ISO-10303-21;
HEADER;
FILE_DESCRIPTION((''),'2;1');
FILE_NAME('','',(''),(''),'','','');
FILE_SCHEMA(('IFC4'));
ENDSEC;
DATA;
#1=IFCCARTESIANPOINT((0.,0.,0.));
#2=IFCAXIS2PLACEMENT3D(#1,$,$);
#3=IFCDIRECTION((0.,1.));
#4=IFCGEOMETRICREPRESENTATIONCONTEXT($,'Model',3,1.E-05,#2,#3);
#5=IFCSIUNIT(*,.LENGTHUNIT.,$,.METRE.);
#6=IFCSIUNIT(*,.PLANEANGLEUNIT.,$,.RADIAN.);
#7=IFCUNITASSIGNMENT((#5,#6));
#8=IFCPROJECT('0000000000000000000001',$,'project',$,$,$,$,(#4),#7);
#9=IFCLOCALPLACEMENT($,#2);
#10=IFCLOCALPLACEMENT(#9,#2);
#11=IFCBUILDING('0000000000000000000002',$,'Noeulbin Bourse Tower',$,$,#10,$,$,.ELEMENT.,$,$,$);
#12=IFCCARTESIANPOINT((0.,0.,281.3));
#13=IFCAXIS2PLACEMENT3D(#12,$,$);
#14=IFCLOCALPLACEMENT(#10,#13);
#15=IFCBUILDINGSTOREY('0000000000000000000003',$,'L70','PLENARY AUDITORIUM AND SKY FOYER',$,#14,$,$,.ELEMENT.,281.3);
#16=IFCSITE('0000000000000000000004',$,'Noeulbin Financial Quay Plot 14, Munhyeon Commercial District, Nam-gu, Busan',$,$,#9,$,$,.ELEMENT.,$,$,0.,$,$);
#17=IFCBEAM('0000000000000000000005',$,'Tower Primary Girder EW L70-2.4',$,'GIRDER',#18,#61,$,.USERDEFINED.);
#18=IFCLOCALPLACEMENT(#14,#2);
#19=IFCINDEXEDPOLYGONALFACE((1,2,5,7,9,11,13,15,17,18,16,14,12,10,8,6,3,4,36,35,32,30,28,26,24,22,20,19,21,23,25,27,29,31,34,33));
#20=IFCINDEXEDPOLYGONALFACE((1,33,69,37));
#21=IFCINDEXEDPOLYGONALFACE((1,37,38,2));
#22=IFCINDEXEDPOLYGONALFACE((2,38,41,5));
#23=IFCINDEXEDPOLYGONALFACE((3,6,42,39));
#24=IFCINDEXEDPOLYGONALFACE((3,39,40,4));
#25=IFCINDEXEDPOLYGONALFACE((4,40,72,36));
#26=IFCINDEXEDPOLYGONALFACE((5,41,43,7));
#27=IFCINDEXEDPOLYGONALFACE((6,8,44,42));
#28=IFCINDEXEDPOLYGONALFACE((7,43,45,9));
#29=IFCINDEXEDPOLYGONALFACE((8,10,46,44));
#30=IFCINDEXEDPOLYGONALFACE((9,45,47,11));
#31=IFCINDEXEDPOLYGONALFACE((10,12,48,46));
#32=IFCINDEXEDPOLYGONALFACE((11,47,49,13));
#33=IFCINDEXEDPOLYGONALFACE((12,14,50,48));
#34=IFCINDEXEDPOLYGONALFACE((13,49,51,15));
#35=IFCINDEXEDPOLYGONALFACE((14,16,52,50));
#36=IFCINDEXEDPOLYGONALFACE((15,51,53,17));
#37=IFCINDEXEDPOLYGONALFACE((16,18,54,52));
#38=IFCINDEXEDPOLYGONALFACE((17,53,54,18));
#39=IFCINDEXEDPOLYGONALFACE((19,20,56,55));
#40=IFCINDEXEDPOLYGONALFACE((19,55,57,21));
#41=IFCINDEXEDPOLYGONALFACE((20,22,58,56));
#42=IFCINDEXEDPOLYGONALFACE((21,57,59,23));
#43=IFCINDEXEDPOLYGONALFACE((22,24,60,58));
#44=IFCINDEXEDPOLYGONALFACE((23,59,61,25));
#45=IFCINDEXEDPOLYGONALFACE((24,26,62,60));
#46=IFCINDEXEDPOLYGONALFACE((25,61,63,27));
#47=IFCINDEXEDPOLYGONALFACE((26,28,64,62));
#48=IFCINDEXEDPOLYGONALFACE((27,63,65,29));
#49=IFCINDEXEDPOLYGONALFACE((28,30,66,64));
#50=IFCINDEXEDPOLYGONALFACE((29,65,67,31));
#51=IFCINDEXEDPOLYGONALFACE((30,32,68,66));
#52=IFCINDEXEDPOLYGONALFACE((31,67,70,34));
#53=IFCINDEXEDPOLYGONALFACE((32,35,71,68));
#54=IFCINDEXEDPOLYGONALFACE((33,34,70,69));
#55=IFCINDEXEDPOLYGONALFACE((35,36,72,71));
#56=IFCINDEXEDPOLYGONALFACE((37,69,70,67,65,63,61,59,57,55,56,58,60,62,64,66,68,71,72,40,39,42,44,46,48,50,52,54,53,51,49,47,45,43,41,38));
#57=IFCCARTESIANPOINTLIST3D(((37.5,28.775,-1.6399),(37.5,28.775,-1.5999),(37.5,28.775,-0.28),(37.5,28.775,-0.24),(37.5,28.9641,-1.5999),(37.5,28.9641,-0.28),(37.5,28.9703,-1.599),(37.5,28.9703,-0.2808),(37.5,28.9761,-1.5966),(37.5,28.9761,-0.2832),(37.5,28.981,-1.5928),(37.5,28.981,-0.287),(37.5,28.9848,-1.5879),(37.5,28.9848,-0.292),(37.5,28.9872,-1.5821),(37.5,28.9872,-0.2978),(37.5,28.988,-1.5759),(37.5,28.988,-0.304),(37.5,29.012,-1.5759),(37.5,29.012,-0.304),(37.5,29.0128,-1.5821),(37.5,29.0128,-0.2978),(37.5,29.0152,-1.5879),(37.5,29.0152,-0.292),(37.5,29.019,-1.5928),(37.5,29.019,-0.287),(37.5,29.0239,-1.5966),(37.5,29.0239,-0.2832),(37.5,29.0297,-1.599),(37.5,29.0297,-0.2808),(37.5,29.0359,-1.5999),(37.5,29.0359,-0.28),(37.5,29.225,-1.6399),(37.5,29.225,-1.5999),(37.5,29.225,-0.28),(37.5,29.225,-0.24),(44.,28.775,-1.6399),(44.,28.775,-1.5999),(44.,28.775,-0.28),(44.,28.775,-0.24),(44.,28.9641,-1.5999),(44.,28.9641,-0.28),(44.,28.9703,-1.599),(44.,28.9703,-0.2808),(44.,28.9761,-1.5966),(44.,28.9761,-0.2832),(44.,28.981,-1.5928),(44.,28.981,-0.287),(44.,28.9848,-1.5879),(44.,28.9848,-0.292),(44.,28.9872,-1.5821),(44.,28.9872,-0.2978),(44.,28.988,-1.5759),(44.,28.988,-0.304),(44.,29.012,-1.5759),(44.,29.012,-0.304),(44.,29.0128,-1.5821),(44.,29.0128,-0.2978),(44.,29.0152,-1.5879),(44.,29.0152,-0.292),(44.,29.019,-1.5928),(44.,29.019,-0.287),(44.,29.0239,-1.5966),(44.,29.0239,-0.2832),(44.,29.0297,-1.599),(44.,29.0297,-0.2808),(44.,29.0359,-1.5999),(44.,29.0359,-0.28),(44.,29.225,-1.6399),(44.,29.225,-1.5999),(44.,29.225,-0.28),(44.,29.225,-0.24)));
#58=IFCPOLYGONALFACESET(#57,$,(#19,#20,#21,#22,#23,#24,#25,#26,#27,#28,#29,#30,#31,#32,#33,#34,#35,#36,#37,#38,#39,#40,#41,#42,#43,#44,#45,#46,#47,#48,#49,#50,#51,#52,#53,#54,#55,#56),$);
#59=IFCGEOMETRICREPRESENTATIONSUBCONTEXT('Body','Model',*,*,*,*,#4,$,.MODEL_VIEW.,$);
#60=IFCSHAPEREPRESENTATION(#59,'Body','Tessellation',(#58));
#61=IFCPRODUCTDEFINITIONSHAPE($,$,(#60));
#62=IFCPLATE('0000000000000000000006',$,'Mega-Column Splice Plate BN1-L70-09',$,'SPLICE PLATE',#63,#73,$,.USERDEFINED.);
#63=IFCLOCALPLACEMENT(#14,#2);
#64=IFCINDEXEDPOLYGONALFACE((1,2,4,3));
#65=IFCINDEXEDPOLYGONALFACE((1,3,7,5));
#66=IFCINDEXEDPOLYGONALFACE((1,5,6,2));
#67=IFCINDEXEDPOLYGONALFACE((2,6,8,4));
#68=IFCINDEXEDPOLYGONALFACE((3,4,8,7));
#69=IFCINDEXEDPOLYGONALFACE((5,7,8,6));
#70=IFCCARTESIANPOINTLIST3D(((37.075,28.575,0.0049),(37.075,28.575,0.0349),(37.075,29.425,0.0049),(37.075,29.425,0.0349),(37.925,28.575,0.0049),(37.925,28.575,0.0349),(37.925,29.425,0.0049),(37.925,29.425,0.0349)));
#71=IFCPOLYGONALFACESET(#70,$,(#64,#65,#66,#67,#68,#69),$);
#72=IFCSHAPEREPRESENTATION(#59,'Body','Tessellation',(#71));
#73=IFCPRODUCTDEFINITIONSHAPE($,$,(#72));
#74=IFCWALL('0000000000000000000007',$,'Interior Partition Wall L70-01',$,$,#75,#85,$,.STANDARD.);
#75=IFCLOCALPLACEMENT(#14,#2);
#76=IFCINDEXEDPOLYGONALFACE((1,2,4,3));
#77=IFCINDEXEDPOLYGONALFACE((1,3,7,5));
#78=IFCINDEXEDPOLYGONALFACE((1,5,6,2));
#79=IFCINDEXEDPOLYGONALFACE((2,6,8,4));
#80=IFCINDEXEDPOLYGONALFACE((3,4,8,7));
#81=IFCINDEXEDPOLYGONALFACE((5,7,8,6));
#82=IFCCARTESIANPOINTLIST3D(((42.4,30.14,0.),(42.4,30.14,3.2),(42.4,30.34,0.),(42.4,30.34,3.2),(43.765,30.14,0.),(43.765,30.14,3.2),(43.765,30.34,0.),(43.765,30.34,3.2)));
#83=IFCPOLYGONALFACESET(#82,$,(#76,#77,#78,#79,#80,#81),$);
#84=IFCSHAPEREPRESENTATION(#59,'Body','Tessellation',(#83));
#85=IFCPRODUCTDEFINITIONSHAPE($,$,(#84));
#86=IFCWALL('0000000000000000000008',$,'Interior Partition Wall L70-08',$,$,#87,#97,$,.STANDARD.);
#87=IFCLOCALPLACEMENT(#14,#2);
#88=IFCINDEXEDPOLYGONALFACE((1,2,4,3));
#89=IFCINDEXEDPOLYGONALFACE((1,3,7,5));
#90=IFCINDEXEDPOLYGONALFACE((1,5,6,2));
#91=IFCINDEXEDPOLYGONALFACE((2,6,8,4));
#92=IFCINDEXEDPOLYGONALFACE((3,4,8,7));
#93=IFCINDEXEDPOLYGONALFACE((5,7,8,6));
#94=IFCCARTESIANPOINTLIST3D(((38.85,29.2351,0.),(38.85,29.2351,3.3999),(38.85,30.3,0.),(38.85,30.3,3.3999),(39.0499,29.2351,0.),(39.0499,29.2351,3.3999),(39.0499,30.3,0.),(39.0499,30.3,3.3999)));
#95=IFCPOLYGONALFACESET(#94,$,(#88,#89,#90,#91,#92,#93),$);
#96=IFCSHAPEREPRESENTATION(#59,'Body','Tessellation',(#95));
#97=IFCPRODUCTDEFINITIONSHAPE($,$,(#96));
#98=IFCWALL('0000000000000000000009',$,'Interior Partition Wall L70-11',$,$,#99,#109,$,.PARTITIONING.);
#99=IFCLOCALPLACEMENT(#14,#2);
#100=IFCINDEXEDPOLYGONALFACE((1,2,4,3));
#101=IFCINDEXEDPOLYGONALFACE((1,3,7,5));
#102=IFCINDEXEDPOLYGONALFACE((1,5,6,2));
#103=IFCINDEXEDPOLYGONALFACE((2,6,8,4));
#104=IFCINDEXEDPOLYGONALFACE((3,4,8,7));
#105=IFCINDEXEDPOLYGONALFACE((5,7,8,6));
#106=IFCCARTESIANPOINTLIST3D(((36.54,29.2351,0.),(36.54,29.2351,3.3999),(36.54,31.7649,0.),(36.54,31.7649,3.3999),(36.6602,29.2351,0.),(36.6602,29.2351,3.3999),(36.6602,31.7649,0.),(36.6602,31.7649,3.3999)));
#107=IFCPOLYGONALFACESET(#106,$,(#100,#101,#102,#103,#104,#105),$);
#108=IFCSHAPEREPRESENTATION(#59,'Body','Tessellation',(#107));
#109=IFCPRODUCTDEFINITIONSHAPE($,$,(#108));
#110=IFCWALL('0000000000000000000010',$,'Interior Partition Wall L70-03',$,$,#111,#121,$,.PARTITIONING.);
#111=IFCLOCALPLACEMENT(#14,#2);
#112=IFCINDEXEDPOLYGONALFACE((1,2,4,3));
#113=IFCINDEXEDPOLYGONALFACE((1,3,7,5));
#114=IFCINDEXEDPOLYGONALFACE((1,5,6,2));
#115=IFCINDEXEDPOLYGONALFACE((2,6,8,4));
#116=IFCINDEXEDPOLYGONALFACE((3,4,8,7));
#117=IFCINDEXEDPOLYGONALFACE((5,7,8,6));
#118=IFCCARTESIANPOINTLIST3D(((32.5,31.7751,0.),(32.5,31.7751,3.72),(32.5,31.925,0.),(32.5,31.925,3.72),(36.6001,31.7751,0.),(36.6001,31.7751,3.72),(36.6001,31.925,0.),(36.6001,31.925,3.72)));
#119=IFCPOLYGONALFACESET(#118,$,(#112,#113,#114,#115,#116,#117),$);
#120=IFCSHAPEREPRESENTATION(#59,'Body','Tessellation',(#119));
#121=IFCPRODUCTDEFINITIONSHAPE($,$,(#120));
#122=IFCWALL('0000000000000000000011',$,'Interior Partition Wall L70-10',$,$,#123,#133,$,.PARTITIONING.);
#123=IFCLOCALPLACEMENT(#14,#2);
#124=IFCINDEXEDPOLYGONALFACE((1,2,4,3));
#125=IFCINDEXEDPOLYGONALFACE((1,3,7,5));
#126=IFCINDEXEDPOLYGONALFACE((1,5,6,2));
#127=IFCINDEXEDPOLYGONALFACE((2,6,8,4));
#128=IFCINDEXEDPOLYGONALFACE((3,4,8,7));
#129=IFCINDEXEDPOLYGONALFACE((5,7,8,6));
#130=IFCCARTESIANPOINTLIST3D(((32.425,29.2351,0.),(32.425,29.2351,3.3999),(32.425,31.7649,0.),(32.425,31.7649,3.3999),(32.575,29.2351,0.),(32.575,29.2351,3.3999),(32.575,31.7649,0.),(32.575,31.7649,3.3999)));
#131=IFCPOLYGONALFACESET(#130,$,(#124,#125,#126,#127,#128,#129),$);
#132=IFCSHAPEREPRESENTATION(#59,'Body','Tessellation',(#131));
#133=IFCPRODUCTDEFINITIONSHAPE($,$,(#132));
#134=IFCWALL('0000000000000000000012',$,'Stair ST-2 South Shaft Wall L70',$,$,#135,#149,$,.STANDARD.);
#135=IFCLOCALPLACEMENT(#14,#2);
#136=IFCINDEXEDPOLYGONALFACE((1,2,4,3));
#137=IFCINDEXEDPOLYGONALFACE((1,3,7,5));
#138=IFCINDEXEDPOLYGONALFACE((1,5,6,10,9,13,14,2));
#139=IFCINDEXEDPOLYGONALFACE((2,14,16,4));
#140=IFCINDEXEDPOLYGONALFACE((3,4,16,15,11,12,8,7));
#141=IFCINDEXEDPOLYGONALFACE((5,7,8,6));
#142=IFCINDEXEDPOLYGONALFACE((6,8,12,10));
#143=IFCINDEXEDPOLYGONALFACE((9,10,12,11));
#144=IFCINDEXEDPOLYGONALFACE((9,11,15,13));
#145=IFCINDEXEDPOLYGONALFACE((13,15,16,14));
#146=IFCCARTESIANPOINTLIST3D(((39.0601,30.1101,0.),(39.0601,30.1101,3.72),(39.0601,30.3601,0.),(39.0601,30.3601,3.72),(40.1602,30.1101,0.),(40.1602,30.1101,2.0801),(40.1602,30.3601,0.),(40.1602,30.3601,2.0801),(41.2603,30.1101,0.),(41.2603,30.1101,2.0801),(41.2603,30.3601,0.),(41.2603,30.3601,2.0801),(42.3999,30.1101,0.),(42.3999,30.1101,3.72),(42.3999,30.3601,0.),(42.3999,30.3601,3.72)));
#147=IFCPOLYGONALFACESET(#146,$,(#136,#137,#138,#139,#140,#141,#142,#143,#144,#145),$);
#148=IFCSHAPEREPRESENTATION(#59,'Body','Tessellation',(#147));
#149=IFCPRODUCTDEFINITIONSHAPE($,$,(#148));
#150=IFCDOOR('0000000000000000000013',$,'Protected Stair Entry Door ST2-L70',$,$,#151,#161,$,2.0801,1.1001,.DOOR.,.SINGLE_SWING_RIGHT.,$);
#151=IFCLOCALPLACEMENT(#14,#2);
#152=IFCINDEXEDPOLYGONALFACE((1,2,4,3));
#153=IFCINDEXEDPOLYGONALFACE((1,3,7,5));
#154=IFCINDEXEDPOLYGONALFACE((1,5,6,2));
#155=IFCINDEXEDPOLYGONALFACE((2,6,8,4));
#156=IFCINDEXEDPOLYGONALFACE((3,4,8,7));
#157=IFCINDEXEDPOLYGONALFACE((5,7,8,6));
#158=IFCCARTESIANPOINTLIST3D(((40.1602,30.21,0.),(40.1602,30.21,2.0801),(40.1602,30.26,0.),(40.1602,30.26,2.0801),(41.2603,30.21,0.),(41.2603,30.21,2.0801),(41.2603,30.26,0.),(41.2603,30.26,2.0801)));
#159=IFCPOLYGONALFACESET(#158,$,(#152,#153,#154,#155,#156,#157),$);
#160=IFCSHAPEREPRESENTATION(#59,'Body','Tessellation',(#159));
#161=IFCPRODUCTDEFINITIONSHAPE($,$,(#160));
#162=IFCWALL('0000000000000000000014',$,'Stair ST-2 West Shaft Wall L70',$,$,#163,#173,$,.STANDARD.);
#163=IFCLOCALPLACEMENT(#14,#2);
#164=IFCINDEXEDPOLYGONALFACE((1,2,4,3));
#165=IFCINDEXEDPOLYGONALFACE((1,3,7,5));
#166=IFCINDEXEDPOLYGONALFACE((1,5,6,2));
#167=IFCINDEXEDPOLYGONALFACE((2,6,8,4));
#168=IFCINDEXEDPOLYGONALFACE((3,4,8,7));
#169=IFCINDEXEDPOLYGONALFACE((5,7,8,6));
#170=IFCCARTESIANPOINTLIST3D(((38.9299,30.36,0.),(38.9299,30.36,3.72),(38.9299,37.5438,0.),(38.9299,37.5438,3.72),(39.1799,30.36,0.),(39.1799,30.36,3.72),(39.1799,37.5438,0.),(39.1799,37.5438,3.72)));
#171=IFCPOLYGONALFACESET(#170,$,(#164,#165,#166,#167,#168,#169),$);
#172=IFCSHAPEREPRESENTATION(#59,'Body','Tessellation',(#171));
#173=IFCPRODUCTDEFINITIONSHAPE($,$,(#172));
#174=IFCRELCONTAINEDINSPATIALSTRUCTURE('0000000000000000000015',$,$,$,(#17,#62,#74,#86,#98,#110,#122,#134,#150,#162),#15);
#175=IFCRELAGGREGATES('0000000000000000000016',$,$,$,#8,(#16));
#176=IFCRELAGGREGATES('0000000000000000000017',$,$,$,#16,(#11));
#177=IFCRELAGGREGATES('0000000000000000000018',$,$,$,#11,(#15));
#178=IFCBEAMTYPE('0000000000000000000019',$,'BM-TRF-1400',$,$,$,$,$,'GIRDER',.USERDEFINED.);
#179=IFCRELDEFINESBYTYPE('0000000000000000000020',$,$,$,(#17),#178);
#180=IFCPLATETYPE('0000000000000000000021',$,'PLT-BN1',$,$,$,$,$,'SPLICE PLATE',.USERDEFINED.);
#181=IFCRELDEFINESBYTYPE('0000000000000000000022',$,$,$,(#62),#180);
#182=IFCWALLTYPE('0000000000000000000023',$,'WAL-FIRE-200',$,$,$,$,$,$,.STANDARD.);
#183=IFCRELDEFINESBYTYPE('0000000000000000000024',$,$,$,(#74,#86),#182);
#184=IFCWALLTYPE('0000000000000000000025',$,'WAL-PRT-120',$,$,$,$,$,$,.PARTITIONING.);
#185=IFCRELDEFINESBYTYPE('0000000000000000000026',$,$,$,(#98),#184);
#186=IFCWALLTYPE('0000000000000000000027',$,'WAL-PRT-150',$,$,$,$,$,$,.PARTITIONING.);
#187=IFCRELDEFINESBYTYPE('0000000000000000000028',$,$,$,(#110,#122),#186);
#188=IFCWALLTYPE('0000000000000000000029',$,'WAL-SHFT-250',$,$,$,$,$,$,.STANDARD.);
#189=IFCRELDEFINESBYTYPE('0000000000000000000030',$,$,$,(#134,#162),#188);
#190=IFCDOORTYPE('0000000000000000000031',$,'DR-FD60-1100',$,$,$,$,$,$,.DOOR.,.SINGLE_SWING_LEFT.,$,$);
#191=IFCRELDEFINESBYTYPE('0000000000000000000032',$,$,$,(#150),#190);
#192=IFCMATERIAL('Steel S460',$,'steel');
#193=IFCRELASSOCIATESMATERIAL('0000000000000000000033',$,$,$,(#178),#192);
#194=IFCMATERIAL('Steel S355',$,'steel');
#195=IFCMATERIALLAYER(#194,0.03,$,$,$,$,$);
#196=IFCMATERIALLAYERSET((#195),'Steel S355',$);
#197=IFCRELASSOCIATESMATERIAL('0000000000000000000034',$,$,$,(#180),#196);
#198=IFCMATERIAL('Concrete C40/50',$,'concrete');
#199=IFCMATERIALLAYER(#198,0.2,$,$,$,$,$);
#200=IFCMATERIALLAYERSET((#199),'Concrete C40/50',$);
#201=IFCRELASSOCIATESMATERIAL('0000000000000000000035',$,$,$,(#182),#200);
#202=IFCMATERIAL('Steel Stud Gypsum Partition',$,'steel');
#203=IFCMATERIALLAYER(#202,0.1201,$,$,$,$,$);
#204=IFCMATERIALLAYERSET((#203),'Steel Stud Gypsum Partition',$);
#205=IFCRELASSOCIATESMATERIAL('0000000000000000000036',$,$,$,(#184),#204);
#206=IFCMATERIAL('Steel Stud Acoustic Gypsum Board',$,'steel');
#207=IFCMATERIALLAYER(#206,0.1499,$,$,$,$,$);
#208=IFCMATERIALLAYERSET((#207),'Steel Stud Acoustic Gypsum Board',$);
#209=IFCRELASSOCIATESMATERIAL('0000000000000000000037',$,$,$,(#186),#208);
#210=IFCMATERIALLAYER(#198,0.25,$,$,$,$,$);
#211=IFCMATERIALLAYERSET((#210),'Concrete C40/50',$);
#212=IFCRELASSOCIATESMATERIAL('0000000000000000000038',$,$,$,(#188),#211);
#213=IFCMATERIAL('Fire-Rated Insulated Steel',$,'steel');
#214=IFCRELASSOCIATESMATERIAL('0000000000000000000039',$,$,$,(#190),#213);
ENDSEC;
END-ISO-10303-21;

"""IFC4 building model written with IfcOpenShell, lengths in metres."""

from ifc_helpers import new_model, si_unit, direction, frame, frame_2d, origin, origin_2d, place, context, subcontext, project, spatial, rectangle, i_section, extrude, material, layer, layer_set, material_profile, profile_set, type_object, element, fill, save


model = new_model("IFC4")

# Units and contexts
model_context = context("Model", 3, precision=1e-05, world=origin(), true_north=direction((0.0, 1.0)))
body_context = subcontext(model_context, "Body", "Model", "MODEL_VIEW")
ifc_project = project(units=[si_unit("LENGTHUNIT", "METRE"), si_unit("PLANEANGLEUNIT", "RADIAN")], contexts=[model_context])

# Site, building, storey
site_placement = place(None, origin())
site = spatial("IfcSite", under=ifc_project, at=site_placement, Name="Noeulbin Financial Quay Plot 14, Munhyeon Commercial District, Nam-gu, Busan", CompositionType="ELEMENT", RefElevation=0.0)
building_placement = place(site_placement, origin())
building = spatial("IfcBuilding", under=site, at=building_placement, Name="Noeulbin Bourse Tower", CompositionType="ELEMENT")
storey_placement = place(building_placement, frame((0.0, 0.0, 281.3)))
storey = spatial("IfcBuildingStorey", under=building, at=storey_placement, Name="L70", Description="PLENARY AUDITORIUM AND SKY FOYER", CompositionType="ELEMENT", Elevation=281.3)

# Shared definitions
ifc_material_1 = material(Name="Steel S355", Category="steel")

# Beam
ifc_material_2 = material(Name="Steel S460", Category="steel")
ifc_material_profile_1 = material_profile(ifc_material_2, i_section(OverallWidth=0.45, OverallDepth=1.3999, WebThickness=0.0239, FlangeThickness=0.04, FilletRadius=0.0239, at=origin_2d()), Name="PG-1400x450x24x40", Category="LoadBearing")
ifc_profile_set_1 = profile_set([ifc_material_profile_1], Name="Steel S460")
beam_type_1 = type_object("IfcBeamType", Name="BM-TRF-1400", ElementType="GIRDER", PredefinedType="USERDEFINED", material=ifc_profile_set_1)
beam_1_placement = place(storey_placement, frame((37.5, 29.0, -0.9399), z_axis=(1.0, 0.0, 0.0), x_axis=(0.0, 1.0, 0.0)))
element("IfcBeam", 1, at=beam_1_placement, inside=storey, type_object=beam_type_1, Name="Tower Primary Girder EW L70-2.4", ObjectType="GIRDER", PredefinedType="USERDEFINED", context=body_context, shape_type="SweptSolid", body=[
    extrude(i_section(OverallWidth=0.45, OverallDepth=1.3999, WebThickness=0.0239, FlangeThickness=0.04, FilletRadius=0.0239, at=origin_2d()), origin(), (0.0, 0.0, 1.0), 6.5),
])

# Plate
ifc_layer_1 = layer(ifc_material_1, 0.03)
ifc_layer_set_1 = layer_set([ifc_layer_1], Name="Steel S355")
plate_type = type_object("IfcPlateType", Name="PLT-BN1", ElementType="SPLICE PLATE", PredefinedType="USERDEFINED", material=ifc_layer_set_1)
plate_placement = place(storey_placement, frame((37.5, 29.0, 0.0049), z_axis=(0.0, 0.0, 1.0), x_axis=(1.0, 0.0, 0.0)))
element("IfcPlate", 2, at=plate_placement, inside=storey, type_object=plate_type, Name="Mega-Column Splice Plate BN1-L70-09", ObjectType="SPLICE PLATE", PredefinedType="USERDEFINED", context=body_context, shape_type="SweptSolid", body=[
    extrude(rectangle(XDim=0.8501, YDim=0.8501, at=origin_2d()), origin(), (0.0, 0.0, 1.0), 0.03),
])

# Walls
ifc_material_3 = material(Name="Concrete C40/50", Category="concrete")
ifc_layer_2 = layer(ifc_material_3, 0.2)
ifc_layer_set_2 = layer_set([ifc_layer_2], Name="Concrete C40/50")
wall_type_1 = type_object("IfcWallType", Name="WAL-FIRE-200", PredefinedType="STANDARD", material=ifc_layer_set_2)
wall_1_placement = place(storey_placement, frame((42.3999, 30.24, 0.0), z_axis=(0.0, 0.0, 1.0), x_axis=(1.0, 0.0, 0.0)))
element("IfcWall", 3, at=wall_1_placement, inside=storey, type_object=wall_type_1, Name="Interior Partition Wall L70-01", PredefinedType="STANDARD", context=body_context, shape_type="SweptSolid", body=[
    extrude(rectangle(XDim=1.365, YDim=0.2, at=frame_2d((0.6826, 0.0))), origin(), (0.0, 0.0, 1.0), 3.2),
])
wall_2_placement = place(storey_placement, frame((38.95, 29.2351, 0.0), z_axis=(0.0, 0.0, 1.0), x_axis=(0.0, 1.0, 0.0)))
element("IfcWall", 4, at=wall_2_placement, inside=storey, type_object=wall_type_1, Name="Interior Partition Wall L70-08", PredefinedType="STANDARD", context=body_context, shape_type="SweptSolid", body=[
    extrude(rectangle(XDim=1.0649, YDim=0.2, at=frame_2d((0.5325, 0.0))), origin(), (0.0, 0.0, 1.0), 3.3999),
])
ifc_material_4 = material(Name="Steel Stud Gypsum Partition", Category="steel")
ifc_layer_3 = layer(ifc_material_4, 0.1201)
ifc_layer_set_3 = layer_set([ifc_layer_3], Name="Steel Stud Gypsum Partition")
wall_type_2 = type_object("IfcWallType", Name="WAL-PRT-120", PredefinedType="PARTITIONING", material=ifc_layer_set_3)
wall_3_placement = place(storey_placement, frame((36.6001, 29.2351, 0.0), z_axis=(0.0, 0.0, 1.0), x_axis=(0.0, 1.0, 0.0)))
element("IfcWall", 5, at=wall_3_placement, inside=storey, type_object=wall_type_2, Name="Interior Partition Wall L70-11", PredefinedType="PARTITIONING", context=body_context, shape_type="SweptSolid", body=[
    extrude(rectangle(XDim=2.5298, YDim=0.1201, at=frame_2d((1.2649, 0.0))), origin(), (0.0, 0.0, 1.0), 3.3999),
])
ifc_material_5 = material(Name="Steel Stud Acoustic Gypsum Board", Category="steel")
ifc_layer_4 = layer(ifc_material_5, 0.1499)
ifc_layer_set_4 = layer_set([ifc_layer_4], Name="Steel Stud Acoustic Gypsum Board")
wall_type_3 = type_object("IfcWallType", Name="WAL-PRT-150", PredefinedType="PARTITIONING", material=ifc_layer_set_4)
wall_4_placement = place(storey_placement, frame((32.5, 31.8501, 0.0), z_axis=(0.0, 0.0, 1.0), x_axis=(1.0, 0.0, 0.0)))
element("IfcWall", 6, at=wall_4_placement, inside=storey, type_object=wall_type_3, Name="Interior Partition Wall L70-03", PredefinedType="PARTITIONING", context=body_context, shape_type="SweptSolid", body=[
    extrude(rectangle(XDim=4.1001, YDim=0.1499, at=frame_2d((2.05, 0.0))), origin(), (0.0, 0.0, 1.0), 3.72),
])
wall_5_placement = place(storey_placement, frame((32.5, 29.2351, 0.0), z_axis=(0.0, 0.0, 1.0), x_axis=(0.0, 1.0, 0.0)))
element("IfcWall", 7, at=wall_5_placement, inside=storey, type_object=wall_type_3, Name="Interior Partition Wall L70-10", PredefinedType="PARTITIONING", context=body_context, shape_type="SweptSolid", body=[
    extrude(rectangle(XDim=2.5298, YDim=0.1499, at=frame_2d((1.2649, 0.0))), origin(), (0.0, 0.0, 1.0), 3.3999),
])

# Wall, opening, door
ifc_layer_5 = layer(ifc_material_3, 0.25)
ifc_layer_set_5 = layer_set([ifc_layer_5], Name="Concrete C40/50")
wall_type_4 = type_object("IfcWallType", Name="WAL-SHFT-250", PredefinedType="STANDARD", material=ifc_layer_set_5)
wall_6_placement = place(storey_placement, frame((39.0601, 30.2351, 0.0), z_axis=(0.0, 0.0, 1.0), x_axis=(1.0, 0.0, 0.0)))
wall_6 = element("IfcWall", 8, at=wall_6_placement, inside=storey, type_object=wall_type_4, Name="Stair ST-2 South Shaft Wall L70", PredefinedType="STANDARD", context=body_context, shape_type="SweptSolid", body=[
    extrude(rectangle(XDim=3.3398, YDim=0.25, at=frame_2d((1.6699, 0.0))), origin(), (0.0, 0.0, 1.0), 3.72),
])
opening_1_placement = place(wall_6_placement, frame((1.1001, 0.0, 0.0)))
opening_1 = element("IfcOpeningElement", 9, at=opening_1_placement, cuts=wall_6, PredefinedType="OPENING", context=body_context, shape_type="SweptSolid", body=[
    extrude(rectangle(XDim=1.1001, YDim=2.0801, at=frame_2d((0.55, 1.04))), frame((0.0, 0.135, 0.0), z_axis=(0.0, -1.0, 0.0), x_axis=(1.0, 0.0, 0.0)), (0.0, 0.0, 1.0), 0.27),
])
ifc_material_6 = material(Name="Fire-Rated Insulated Steel", Category="steel")
door_type_1 = type_object("IfcDoorType", Name="DR-FD60-1100", OperationType="SINGLE_SWING_LEFT", PredefinedType="DOOR", material=ifc_material_6)
door_1_placement = place(opening_1_placement, origin())
door_1 = element("IfcDoor", 10, at=door_1_placement, inside=storey, type_object=door_type_1, Name="Protected Stair Entry Door ST2-L70", OperationType="SINGLE_SWING_RIGHT", OverallHeight=2.0801, OverallWidth=1.1001, PredefinedType="DOOR", context=body_context, shape_type="SweptSolid", body=[
    extrude(rectangle(XDim=1.1001, YDim=2.0801, at=frame_2d((0.55, 1.04))), frame((0.0, 0.0249, 0.0), z_axis=(0.0, -1.0, 0.0), x_axis=(1.0, 0.0, 0.0)), (0.0, 0.0, 1.0), 0.05),
])
fill(opening_1, door_1)

# Wall
for number, where, z_axis, x_axis, name in (
    (11, (39.0549, 30.3601, 0.0), (0.0, 0.0, 1.0), (0.0, 1.0, 0.0), "Stair ST-2 West Shaft Wall L70"),
):
    element("IfcWall", number, at=place(storey_placement, frame(where, z_axis=z_axis, x_axis=x_axis)), inside=storey, type_object=wall_type_4, Name=name, PredefinedType="STANDARD", context=body_context, shape_type="SweptSolid", body=[
        extrude(rectangle(XDim=7.1838, YDim=0.25, at=frame_2d((3.5918, 0.0))), origin(), (0.0, 0.0, 1.0), 3.72),
    ])

save(model, "model.ifc")
